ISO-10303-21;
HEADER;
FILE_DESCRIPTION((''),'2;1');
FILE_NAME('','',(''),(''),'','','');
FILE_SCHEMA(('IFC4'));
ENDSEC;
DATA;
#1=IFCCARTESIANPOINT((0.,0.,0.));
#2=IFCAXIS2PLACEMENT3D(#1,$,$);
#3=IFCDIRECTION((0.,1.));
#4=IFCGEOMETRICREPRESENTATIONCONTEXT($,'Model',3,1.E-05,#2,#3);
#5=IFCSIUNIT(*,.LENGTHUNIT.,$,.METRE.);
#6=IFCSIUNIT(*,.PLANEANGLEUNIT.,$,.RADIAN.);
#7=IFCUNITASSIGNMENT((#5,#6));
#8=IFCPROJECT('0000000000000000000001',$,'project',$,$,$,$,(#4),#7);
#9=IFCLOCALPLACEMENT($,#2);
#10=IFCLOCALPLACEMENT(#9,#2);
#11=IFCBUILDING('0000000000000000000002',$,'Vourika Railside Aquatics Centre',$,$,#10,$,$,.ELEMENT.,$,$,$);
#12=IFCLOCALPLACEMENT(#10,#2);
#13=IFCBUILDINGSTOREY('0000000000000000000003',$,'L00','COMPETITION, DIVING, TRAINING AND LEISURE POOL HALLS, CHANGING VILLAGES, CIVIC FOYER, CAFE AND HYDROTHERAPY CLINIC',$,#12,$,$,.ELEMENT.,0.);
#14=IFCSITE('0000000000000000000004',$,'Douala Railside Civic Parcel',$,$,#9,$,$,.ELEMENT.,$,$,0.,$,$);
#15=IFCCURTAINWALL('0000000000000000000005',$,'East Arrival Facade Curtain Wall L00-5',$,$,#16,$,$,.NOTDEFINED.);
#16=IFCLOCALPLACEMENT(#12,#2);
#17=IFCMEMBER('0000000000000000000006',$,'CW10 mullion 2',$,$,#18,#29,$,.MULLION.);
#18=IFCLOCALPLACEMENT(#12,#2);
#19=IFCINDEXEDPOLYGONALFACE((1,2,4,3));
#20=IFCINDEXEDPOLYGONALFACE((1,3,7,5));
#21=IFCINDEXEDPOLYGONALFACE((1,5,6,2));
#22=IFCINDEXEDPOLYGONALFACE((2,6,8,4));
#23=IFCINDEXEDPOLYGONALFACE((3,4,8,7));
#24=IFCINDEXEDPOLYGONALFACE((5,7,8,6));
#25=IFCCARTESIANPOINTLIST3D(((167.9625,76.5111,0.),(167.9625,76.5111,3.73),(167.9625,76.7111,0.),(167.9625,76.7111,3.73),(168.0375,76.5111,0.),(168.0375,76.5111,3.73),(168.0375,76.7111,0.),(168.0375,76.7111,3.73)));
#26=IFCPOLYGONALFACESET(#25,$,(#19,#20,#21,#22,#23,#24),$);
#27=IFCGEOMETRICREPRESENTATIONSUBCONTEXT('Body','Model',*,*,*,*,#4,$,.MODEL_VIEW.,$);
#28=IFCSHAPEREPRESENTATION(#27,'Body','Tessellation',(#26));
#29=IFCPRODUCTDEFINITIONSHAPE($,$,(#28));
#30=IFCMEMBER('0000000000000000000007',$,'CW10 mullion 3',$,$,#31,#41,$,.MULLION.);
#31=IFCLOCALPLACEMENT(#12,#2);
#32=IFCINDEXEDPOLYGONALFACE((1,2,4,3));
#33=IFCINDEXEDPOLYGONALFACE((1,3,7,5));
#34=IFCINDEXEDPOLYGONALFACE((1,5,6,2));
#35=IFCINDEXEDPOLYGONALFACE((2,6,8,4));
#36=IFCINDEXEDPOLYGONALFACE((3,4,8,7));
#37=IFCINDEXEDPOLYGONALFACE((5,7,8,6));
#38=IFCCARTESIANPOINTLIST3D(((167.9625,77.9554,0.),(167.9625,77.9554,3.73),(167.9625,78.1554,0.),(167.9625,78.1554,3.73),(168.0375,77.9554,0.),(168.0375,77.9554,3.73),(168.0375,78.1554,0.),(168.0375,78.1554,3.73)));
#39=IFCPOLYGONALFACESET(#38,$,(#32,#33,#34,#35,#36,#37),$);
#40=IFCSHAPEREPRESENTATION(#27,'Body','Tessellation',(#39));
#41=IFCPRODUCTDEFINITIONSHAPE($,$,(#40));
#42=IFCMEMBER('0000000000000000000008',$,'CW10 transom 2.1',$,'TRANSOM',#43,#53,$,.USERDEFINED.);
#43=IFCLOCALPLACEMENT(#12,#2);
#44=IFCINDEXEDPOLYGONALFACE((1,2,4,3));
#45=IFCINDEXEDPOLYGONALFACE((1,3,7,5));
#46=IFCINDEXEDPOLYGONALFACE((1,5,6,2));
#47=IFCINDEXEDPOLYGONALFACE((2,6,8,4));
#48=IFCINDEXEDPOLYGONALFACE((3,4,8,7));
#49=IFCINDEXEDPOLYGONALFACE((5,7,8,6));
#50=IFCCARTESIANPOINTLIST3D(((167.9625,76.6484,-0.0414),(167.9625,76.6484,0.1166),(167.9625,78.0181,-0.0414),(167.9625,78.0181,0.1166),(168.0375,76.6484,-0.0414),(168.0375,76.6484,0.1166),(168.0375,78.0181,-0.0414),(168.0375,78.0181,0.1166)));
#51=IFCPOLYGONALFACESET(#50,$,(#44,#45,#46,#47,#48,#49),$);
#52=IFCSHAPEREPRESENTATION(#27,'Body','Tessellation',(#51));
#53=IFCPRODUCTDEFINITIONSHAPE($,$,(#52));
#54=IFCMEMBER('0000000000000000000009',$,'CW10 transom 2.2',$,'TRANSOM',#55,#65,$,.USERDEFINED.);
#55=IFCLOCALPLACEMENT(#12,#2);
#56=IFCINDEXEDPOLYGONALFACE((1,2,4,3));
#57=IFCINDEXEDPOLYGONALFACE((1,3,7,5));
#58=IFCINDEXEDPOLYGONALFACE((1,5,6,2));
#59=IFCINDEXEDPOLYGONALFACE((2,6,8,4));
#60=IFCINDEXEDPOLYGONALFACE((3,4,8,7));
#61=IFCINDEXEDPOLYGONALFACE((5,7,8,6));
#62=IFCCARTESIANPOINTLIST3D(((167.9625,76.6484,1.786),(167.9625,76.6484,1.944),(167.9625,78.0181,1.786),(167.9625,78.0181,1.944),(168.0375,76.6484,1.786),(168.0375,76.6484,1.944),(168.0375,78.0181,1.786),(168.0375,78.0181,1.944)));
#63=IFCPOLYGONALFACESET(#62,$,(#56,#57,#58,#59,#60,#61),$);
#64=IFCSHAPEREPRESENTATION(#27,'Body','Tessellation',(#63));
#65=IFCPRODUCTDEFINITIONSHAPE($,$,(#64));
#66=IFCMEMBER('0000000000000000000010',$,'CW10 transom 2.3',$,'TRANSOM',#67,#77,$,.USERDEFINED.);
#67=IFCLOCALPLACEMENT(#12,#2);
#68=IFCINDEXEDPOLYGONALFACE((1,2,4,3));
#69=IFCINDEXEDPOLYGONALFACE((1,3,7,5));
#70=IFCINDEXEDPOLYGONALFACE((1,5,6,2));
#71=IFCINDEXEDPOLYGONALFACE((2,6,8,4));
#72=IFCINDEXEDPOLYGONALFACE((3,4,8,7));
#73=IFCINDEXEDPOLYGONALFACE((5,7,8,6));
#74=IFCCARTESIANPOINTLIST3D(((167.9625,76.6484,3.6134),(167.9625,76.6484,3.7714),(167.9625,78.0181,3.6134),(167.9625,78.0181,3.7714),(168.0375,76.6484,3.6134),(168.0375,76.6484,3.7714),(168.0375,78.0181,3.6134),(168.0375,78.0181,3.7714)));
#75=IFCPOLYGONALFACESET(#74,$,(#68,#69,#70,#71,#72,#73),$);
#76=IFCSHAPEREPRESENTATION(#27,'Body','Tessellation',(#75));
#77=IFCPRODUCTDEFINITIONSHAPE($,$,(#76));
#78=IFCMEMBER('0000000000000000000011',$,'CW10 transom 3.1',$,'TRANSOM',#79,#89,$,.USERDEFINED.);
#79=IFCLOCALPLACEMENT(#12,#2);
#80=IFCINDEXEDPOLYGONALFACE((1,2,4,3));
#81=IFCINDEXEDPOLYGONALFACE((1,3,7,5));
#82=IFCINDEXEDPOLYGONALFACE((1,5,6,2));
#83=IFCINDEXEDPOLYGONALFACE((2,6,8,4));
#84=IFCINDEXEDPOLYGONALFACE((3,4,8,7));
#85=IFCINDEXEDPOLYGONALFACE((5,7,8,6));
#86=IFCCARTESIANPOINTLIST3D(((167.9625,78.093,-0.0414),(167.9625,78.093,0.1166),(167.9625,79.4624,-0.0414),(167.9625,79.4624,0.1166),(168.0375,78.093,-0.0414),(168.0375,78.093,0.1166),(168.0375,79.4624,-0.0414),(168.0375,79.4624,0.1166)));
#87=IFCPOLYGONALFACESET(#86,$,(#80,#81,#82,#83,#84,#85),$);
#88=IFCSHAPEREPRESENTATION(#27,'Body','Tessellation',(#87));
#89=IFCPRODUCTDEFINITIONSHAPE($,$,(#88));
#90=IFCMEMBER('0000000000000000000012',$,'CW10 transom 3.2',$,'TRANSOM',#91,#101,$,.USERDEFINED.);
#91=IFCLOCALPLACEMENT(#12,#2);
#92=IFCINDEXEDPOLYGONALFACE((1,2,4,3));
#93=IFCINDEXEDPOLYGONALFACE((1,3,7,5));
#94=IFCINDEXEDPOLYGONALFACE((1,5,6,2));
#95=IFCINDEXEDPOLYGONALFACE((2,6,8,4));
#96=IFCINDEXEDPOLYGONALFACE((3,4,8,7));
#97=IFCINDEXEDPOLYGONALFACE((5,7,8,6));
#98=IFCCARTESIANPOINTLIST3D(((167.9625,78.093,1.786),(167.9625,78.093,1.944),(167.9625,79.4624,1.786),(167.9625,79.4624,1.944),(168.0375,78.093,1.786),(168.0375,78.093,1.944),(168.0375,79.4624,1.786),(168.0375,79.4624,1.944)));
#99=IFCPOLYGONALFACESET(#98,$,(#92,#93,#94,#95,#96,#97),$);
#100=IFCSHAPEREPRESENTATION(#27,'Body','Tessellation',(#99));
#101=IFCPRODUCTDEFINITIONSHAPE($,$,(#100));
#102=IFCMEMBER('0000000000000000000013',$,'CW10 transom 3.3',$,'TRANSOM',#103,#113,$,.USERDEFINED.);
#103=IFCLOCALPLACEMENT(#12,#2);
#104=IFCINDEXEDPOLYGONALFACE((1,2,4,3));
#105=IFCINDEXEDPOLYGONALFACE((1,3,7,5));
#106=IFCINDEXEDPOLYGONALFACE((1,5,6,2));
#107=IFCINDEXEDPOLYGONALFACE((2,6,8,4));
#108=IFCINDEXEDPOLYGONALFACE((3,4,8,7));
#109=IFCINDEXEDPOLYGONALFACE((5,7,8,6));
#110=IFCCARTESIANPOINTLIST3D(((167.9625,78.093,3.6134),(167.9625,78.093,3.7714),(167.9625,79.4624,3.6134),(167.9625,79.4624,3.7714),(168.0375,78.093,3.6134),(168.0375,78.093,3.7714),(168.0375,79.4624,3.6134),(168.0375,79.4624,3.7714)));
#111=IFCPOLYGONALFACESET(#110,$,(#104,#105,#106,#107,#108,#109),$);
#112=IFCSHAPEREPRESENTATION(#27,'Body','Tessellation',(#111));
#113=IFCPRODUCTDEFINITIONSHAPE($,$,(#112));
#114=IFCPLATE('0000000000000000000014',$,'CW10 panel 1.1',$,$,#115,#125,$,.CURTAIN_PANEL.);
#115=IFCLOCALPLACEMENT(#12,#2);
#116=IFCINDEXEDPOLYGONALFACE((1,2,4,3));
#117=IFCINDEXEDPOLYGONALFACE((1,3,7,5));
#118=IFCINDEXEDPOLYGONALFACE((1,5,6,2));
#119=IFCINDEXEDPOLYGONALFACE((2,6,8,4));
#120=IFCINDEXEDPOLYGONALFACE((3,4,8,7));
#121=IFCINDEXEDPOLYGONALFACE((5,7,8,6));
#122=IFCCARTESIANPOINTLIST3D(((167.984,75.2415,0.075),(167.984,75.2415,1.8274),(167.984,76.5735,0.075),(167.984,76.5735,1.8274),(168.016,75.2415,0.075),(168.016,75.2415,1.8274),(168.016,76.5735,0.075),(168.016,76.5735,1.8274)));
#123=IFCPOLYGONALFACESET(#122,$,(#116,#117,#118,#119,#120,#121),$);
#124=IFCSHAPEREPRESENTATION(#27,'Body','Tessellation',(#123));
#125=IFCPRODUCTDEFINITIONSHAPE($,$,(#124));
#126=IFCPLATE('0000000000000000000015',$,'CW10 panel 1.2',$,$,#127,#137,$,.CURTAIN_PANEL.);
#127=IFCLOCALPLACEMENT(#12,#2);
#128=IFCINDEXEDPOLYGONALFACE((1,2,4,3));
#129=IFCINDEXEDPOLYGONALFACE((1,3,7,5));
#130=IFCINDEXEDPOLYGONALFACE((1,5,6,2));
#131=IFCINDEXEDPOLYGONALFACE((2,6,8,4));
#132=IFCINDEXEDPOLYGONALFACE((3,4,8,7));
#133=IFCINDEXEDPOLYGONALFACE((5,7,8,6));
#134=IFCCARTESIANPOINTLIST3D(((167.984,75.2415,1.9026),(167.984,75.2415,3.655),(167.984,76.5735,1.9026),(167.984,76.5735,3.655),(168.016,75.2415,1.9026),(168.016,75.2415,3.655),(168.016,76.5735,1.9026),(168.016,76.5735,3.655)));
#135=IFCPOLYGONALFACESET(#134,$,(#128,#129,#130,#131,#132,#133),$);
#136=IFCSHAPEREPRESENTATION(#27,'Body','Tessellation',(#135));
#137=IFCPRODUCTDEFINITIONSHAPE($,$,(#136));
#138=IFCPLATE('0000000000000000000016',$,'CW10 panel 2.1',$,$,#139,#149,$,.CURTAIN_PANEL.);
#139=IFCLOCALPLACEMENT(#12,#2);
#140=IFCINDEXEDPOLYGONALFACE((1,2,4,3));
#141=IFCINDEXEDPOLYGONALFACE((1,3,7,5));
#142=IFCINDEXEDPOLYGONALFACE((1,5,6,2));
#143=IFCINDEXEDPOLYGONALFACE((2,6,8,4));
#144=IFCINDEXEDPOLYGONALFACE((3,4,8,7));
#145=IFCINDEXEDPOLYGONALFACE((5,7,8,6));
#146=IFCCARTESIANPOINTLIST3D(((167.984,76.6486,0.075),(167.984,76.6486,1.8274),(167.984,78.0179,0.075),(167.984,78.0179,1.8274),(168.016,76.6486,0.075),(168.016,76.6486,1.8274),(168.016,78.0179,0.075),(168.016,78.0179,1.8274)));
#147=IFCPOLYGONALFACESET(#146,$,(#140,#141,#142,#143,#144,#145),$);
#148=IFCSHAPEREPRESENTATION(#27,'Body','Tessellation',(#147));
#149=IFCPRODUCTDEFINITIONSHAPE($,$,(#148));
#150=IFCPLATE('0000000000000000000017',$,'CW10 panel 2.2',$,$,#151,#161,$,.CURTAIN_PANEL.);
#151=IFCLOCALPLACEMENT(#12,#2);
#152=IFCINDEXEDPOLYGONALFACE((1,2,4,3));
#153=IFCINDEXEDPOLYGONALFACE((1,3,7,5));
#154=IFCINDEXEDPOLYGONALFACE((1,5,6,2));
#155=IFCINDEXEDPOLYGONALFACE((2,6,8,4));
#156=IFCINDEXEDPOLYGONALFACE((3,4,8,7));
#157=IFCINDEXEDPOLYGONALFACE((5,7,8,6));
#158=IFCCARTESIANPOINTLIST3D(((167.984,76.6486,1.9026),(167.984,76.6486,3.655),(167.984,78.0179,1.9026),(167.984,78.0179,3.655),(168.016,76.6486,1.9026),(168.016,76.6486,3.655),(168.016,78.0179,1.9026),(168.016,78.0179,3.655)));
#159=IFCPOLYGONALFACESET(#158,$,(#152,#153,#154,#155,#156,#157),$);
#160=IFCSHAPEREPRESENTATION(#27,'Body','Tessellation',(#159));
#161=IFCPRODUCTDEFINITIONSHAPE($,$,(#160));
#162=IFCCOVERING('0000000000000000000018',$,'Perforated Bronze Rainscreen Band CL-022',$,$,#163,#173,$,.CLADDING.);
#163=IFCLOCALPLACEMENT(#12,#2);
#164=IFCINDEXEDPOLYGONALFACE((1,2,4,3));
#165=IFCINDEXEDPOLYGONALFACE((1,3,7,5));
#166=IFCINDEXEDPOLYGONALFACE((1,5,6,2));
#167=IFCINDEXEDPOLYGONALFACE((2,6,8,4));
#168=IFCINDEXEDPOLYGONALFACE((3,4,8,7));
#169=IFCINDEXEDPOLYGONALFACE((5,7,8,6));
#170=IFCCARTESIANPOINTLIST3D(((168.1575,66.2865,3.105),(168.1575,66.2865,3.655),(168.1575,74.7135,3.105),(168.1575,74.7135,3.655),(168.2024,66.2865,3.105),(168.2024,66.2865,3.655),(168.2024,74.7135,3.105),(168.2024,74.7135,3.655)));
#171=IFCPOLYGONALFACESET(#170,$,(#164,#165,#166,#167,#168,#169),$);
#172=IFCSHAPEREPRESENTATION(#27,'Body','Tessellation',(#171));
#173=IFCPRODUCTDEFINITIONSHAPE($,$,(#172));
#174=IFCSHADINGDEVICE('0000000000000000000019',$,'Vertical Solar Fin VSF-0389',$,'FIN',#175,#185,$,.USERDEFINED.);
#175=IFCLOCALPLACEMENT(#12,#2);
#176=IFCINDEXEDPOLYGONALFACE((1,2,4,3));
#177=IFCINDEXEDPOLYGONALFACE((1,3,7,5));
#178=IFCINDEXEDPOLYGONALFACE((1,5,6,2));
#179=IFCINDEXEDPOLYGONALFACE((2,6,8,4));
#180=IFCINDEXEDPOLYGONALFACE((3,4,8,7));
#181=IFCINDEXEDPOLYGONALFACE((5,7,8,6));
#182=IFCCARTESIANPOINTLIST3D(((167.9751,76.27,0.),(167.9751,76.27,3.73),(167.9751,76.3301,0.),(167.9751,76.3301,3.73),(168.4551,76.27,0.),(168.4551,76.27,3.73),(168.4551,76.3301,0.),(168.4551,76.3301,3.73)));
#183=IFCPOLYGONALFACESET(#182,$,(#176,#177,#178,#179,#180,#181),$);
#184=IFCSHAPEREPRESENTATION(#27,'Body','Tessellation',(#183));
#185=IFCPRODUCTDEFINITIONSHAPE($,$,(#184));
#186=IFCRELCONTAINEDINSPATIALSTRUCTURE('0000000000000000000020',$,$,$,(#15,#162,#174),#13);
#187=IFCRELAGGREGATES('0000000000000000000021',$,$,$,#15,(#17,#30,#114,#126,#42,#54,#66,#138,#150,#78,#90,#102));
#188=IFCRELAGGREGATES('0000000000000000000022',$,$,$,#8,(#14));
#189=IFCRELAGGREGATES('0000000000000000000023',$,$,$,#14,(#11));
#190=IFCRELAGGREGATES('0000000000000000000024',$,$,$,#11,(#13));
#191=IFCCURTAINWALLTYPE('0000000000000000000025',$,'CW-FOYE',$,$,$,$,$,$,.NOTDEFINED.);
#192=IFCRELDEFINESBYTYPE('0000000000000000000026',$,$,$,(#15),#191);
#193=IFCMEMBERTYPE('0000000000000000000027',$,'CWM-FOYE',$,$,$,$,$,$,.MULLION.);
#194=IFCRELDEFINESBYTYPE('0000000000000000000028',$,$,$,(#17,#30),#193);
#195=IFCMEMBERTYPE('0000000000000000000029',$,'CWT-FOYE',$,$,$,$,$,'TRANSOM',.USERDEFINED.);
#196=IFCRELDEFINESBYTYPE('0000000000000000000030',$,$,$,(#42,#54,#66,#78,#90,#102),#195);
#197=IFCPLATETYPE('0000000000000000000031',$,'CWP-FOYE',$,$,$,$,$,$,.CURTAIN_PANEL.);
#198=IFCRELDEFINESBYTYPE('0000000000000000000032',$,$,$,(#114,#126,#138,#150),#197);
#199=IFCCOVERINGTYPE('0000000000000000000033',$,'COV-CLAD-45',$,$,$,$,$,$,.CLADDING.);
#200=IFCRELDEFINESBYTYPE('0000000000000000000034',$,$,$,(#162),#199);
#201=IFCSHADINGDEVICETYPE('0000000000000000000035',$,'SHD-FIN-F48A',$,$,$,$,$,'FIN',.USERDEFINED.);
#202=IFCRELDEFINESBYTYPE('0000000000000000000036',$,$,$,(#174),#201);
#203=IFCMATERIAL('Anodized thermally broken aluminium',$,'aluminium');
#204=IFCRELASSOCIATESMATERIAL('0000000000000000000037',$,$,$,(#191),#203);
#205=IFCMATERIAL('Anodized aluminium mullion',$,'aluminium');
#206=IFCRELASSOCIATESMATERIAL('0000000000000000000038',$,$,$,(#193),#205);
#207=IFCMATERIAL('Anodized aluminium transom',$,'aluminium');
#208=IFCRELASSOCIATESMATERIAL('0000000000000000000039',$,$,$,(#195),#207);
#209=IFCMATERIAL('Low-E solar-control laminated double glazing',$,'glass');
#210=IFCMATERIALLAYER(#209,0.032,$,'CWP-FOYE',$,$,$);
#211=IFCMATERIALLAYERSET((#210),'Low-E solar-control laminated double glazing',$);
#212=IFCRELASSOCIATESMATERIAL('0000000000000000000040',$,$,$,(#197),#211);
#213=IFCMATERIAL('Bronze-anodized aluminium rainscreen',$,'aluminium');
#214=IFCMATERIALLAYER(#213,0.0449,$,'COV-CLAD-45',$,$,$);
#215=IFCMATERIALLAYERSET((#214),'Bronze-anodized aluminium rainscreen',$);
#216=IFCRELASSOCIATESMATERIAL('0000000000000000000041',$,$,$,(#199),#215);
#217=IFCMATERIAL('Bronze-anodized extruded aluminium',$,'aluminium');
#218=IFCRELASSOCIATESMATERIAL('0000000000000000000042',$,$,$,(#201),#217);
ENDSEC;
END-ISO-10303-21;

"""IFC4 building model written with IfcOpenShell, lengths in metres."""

from ifc_helpers import new_model, si_unit, direction, frame, origin, origin_2d, place, context, subcontext, project, spatial, rectangle, extrude, material, layer, layer_set, material_profile, profile_set, type_object, element, aggregate, save


model = new_model("IFC4")

# Units and contexts
model_context = context("Model", 3, precision=1e-05, world=origin(), true_north=direction((0.0, 1.0)))
body_context = subcontext(model_context, "Body", "Model", "MODEL_VIEW")
ifc_project = project(units=[si_unit("LENGTHUNIT", "METRE"), si_unit("PLANEANGLEUNIT", "RADIAN")], contexts=[model_context])

# Site, building, storey
site_placement = place(None, origin())
site = spatial("IfcSite", under=ifc_project, at=site_placement, Name="Douala Railside Civic Parcel", CompositionType="ELEMENT", RefElevation=0.0)
building_placement = place(site_placement, origin())
building = spatial("IfcBuilding", under=site, at=building_placement, Name="Vourika Railside Aquatics Centre", CompositionType="ELEMENT")
storey_placement = place(building_placement, origin())
storey = spatial("IfcBuildingStorey", under=building, at=storey_placement, Name="L00", Description="COMPETITION, DIVING, TRAINING AND LEISURE POOL HALLS, CHANGING VILLAGES, CIVIC FOYER, CAFE AND HYDROTHERAPY CLINIC", CompositionType="ELEMENT", Elevation=0.0)

# Curtain wall, members, plates
ifc_material_1 = material(Name="Anodized thermally broken aluminium", Category="aluminium")
curtain_wall_type = type_object("IfcCurtainWallType", Name="CW-FOYE", PredefinedType="NOTDEFINED", material=ifc_material_1)
curtain_wall_placement = place(storey_placement, origin())
curtain_wall = element("IfcCurtainWall", 1, at=curtain_wall_placement, inside=storey, type_object=curtain_wall_type, Name="East Arrival Facade Curtain Wall L00-5", PredefinedType="NOTDEFINED")
ifc_material_2 = material(Name="Anodized aluminium mullion", Category="aluminium")
ifc_material_profile_1 = material_profile(ifc_material_2, rectangle(XDim=0.075, YDim=0.2, at=origin_2d()), Name="ALU-M 75x200")
ifc_profile_set_1 = profile_set([ifc_material_profile_1], Name="Anodized aluminium mullion")
member_type_1 = type_object("IfcMemberType", Name="CWM-FOYE", PredefinedType="MULLION", material=ifc_profile_set_1)
member_1_placement = place(storey_placement, frame((168.0, 76.6111, 0.0), z_axis=(0.0, 0.0, 1.0), x_axis=(-1.0, 0.0, 0.0)))
member_1 = element("IfcMember", 2, at=member_1_placement, type_object=member_type_1, Name="CW10 mullion 2", PredefinedType="MULLION", context=body_context, shape_type="SweptSolid", body=[
    extrude(rectangle(XDim=0.075, YDim=0.2, at=origin_2d()), origin(), (0.0, 0.0, 1.0), 3.73),
])
member_2_placement = place(storey_placement, frame((168.0, 78.0554, 0.0), z_axis=(0.0, 0.0, 1.0), x_axis=(-1.0, 0.0, 0.0)))
member_2 = element("IfcMember", 3, at=member_2_placement, type_object=member_type_1, Name="CW10 mullion 3", PredefinedType="MULLION", context=body_context, shape_type="SweptSolid", body=[
    extrude(rectangle(XDim=0.075, YDim=0.2, at=origin_2d()), origin(), (0.0, 0.0, 1.0), 3.73),
])
ifc_material_3 = material(Name="Anodized aluminium transom", Category="aluminium")
ifc_material_profile_2 = material_profile(ifc_material_3, rectangle(XDim=0.075, YDim=0.158, at=origin_2d()), Name="ALU-T 75x158")
ifc_profile_set_2 = profile_set([ifc_material_profile_2], Name="Anodized aluminium transom")
member_type_2 = type_object("IfcMemberType", Name="CWT-FOYE", ElementType="TRANSOM", PredefinedType="USERDEFINED", material=ifc_profile_set_2)
member_3_placement = place(storey_placement, frame((168.0, 76.6484, 0.0376), z_axis=(0.0, 1.0, 0.0), x_axis=(-1.0, 0.0, 0.0)))
member_3 = element("IfcMember", 4, at=member_3_placement, type_object=member_type_2, Name="CW10 transom 2.1", ObjectType="TRANSOM", PredefinedType="USERDEFINED", context=body_context, shape_type="SweptSolid", body=[
    extrude(rectangle(XDim=0.075, YDim=0.158, at=origin_2d()), origin(), (0.0, 0.0, 1.0), 1.3696),
])
member_4_placement = place(storey_placement, frame((168.0, 76.6484, 1.865), z_axis=(0.0, 1.0, 0.0), x_axis=(-1.0, 0.0, 0.0)))
member_4 = element("IfcMember", 5, at=member_4_placement, type_object=member_type_2, Name="CW10 transom 2.2", ObjectType="TRANSOM", PredefinedType="USERDEFINED", context=body_context, shape_type="SweptSolid", body=[
    extrude(rectangle(XDim=0.075, YDim=0.158, at=origin_2d()), origin(), (0.0, 0.0, 1.0), 1.3696),
])
member_5_placement = place(storey_placement, frame((168.0, 76.6484, 3.6924), z_axis=(0.0, 1.0, 0.0), x_axis=(-1.0, 0.0, 0.0)))
member_5 = element("IfcMember", 6, at=member_5_placement, type_object=member_type_2, Name="CW10 transom 2.3", ObjectType="TRANSOM", PredefinedType="USERDEFINED", context=body_context, shape_type="SweptSolid", body=[
    extrude(rectangle(XDim=0.075, YDim=0.158, at=origin_2d()), origin(), (0.0, 0.0, 1.0), 1.3696),
])
member_6_placement = place(storey_placement, frame((168.0, 78.093, 0.0376), z_axis=(0.0, 1.0, 0.0), x_axis=(-1.0, 0.0, 0.0)))
member_6 = element("IfcMember", 7, at=member_6_placement, type_object=member_type_2, Name="CW10 transom 3.1", ObjectType="TRANSOM", PredefinedType="USERDEFINED", context=body_context, shape_type="SweptSolid", body=[
    extrude(rectangle(XDim=0.075, YDim=0.158, at=origin_2d()), origin(), (0.0, 0.0, 1.0), 1.3694),
])
member_7_placement = place(storey_placement, frame((168.0, 78.093, 1.865), z_axis=(0.0, 1.0, 0.0), x_axis=(-1.0, 0.0, 0.0)))
member_7 = element("IfcMember", 8, at=member_7_placement, type_object=member_type_2, Name="CW10 transom 3.2", ObjectType="TRANSOM", PredefinedType="USERDEFINED", context=body_context, shape_type="SweptSolid", body=[
    extrude(rectangle(XDim=0.075, YDim=0.158, at=origin_2d()), origin(), (0.0, 0.0, 1.0), 1.3694),
])
member_8_placement = place(storey_placement, frame((168.0, 78.093, 3.6924), z_axis=(0.0, 1.0, 0.0), x_axis=(-1.0, 0.0, 0.0)))
member_8 = element("IfcMember", 9, at=member_8_placement, type_object=member_type_2, Name="CW10 transom 3.3", ObjectType="TRANSOM", PredefinedType="USERDEFINED", context=body_context, shape_type="SweptSolid", body=[
    extrude(rectangle(XDim=0.075, YDim=0.158, at=origin_2d()), origin(), (0.0, 0.0, 1.0), 1.3694),
])
ifc_material_4 = material(Name="Low-E solar-control laminated double glazing", Category="glass")
ifc_layer_1 = layer(ifc_material_4, 0.032, Name="CWP-FOYE")
ifc_layer_set_1 = layer_set([ifc_layer_1], Name="Low-E solar-control laminated double glazing")
plate_type = type_object("IfcPlateType", Name="CWP-FOYE", PredefinedType="CURTAIN_PANEL", material=ifc_layer_set_1)
plate_1_placement = place(storey_placement, frame((168.0, 75.9075, 0.075), z_axis=(0.0, 0.0, 1.0), x_axis=(0.0, 1.0, 0.0)))
plate_1 = element("IfcPlate", 10, at=plate_1_placement, type_object=plate_type, Name="CW10 panel 1.1", PredefinedType="CURTAIN_PANEL", context=body_context, shape_type="SweptSolid", body=[
    extrude(rectangle(XDim=1.332, YDim=0.032, at=origin_2d()), origin(), (0.0, 0.0, 1.0), 1.7524),
])
plate_2_placement = place(storey_placement, frame((168.0, 75.9075, 1.9026), z_axis=(0.0, 0.0, 1.0), x_axis=(0.0, 1.0, 0.0)))
plate_2 = element("IfcPlate", 11, at=plate_2_placement, type_object=plate_type, Name="CW10 panel 1.2", PredefinedType="CURTAIN_PANEL", context=body_context, shape_type="SweptSolid", body=[
    extrude(rectangle(XDim=1.332, YDim=0.032, at=origin_2d()), origin(), (0.0, 0.0, 1.0), 1.7524),
])
plate_3_placement = place(storey_placement, frame((168.0, 77.3333, 0.075), z_axis=(0.0, 0.0, 1.0), x_axis=(0.0, 1.0, 0.0)))
plate_3 = element("IfcPlate", 12, at=plate_3_placement, type_object=plate_type, Name="CW10 panel 2.1", PredefinedType="CURTAIN_PANEL", context=body_context, shape_type="SweptSolid", body=[
    extrude(rectangle(XDim=1.3694, YDim=0.032, at=origin_2d()), origin(), (0.0, 0.0, 1.0), 1.7524),
])
plate_4_placement = place(storey_placement, frame((168.0, 77.3333, 1.9026), z_axis=(0.0, 0.0, 1.0), x_axis=(0.0, 1.0, 0.0)))
plate_4 = element("IfcPlate", 13, at=plate_4_placement, type_object=plate_type, Name="CW10 panel 2.2", PredefinedType="CURTAIN_PANEL", context=body_context, shape_type="SweptSolid", body=[
    extrude(rectangle(XDim=1.3694, YDim=0.032, at=origin_2d()), origin(), (0.0, 0.0, 1.0), 1.7524),
])
aggregate(curtain_wall, [member_1, member_2, plate_1, plate_2, member_3, member_4, member_5, plate_3, plate_4, member_6, member_7, member_8])

# Covering
ifc_material_5 = material(Name="Bronze-anodized aluminium rainscreen", Category="aluminium")
ifc_layer_2 = layer(ifc_material_5, 0.0449, Name="COV-CLAD-45")
ifc_layer_set_2 = layer_set([ifc_layer_2], Name="Bronze-anodized aluminium rainscreen")
covering_type = type_object("IfcCoveringType", Name="COV-CLAD-45", PredefinedType="CLADDING", material=ifc_layer_set_2)
covering_placement = place(storey_placement, frame((168.1799, 70.5, 3.105), z_axis=(0.0, 0.0, 1.0), x_axis=(0.0, 1.0, 0.0)))
element("IfcCovering", 14, at=covering_placement, inside=storey, type_object=covering_type, Name="Perforated Bronze Rainscreen Band CL-022", PredefinedType="CLADDING", context=body_context, shape_type="SweptSolid", body=[
    extrude(rectangle(XDim=8.427, YDim=0.0449, at=origin_2d()), origin(), (0.0, 0.0, 1.0), 0.55),
])

# Shading device
ifc_material_6 = material(Name="Bronze-anodized extruded aluminium", Category="aluminium")
ifc_material_profile_3 = material_profile(ifc_material_6, rectangle(XDim=0.0601, YDim=0.48, at=origin_2d()), Name="ALU-FIN 60x480")
ifc_profile_set_3 = profile_set([ifc_material_profile_3], Name="Bronze-anodized extruded aluminium")
shading_device_type_1 = type_object("IfcShadingDeviceType", Name="SHD-FIN-F48A", ElementType="FIN", PredefinedType="USERDEFINED", material=ifc_profile_set_3)
for number, where, z_axis, x_axis, name in (
    (15, (168.2151, 76.3, 0.0), (0.0, 0.0, 1.0), (0.0, -1.0, 0.0), "Vertical Solar Fin VSF-0389"),
):
    element("IfcShadingDevice", number, at=place(storey_placement, frame(where, z_axis=z_axis, x_axis=x_axis)), inside=storey, type_object=shading_device_type_1, Name=name, ObjectType="FIN", PredefinedType="USERDEFINED", context=body_context, shape_type="SweptSolid", body=[
        extrude(rectangle(XDim=0.0601, YDim=0.48, at=origin_2d()), origin(), (0.0, 0.0, 1.0), 3.73),
    ])

save(model, "model.ifc")
